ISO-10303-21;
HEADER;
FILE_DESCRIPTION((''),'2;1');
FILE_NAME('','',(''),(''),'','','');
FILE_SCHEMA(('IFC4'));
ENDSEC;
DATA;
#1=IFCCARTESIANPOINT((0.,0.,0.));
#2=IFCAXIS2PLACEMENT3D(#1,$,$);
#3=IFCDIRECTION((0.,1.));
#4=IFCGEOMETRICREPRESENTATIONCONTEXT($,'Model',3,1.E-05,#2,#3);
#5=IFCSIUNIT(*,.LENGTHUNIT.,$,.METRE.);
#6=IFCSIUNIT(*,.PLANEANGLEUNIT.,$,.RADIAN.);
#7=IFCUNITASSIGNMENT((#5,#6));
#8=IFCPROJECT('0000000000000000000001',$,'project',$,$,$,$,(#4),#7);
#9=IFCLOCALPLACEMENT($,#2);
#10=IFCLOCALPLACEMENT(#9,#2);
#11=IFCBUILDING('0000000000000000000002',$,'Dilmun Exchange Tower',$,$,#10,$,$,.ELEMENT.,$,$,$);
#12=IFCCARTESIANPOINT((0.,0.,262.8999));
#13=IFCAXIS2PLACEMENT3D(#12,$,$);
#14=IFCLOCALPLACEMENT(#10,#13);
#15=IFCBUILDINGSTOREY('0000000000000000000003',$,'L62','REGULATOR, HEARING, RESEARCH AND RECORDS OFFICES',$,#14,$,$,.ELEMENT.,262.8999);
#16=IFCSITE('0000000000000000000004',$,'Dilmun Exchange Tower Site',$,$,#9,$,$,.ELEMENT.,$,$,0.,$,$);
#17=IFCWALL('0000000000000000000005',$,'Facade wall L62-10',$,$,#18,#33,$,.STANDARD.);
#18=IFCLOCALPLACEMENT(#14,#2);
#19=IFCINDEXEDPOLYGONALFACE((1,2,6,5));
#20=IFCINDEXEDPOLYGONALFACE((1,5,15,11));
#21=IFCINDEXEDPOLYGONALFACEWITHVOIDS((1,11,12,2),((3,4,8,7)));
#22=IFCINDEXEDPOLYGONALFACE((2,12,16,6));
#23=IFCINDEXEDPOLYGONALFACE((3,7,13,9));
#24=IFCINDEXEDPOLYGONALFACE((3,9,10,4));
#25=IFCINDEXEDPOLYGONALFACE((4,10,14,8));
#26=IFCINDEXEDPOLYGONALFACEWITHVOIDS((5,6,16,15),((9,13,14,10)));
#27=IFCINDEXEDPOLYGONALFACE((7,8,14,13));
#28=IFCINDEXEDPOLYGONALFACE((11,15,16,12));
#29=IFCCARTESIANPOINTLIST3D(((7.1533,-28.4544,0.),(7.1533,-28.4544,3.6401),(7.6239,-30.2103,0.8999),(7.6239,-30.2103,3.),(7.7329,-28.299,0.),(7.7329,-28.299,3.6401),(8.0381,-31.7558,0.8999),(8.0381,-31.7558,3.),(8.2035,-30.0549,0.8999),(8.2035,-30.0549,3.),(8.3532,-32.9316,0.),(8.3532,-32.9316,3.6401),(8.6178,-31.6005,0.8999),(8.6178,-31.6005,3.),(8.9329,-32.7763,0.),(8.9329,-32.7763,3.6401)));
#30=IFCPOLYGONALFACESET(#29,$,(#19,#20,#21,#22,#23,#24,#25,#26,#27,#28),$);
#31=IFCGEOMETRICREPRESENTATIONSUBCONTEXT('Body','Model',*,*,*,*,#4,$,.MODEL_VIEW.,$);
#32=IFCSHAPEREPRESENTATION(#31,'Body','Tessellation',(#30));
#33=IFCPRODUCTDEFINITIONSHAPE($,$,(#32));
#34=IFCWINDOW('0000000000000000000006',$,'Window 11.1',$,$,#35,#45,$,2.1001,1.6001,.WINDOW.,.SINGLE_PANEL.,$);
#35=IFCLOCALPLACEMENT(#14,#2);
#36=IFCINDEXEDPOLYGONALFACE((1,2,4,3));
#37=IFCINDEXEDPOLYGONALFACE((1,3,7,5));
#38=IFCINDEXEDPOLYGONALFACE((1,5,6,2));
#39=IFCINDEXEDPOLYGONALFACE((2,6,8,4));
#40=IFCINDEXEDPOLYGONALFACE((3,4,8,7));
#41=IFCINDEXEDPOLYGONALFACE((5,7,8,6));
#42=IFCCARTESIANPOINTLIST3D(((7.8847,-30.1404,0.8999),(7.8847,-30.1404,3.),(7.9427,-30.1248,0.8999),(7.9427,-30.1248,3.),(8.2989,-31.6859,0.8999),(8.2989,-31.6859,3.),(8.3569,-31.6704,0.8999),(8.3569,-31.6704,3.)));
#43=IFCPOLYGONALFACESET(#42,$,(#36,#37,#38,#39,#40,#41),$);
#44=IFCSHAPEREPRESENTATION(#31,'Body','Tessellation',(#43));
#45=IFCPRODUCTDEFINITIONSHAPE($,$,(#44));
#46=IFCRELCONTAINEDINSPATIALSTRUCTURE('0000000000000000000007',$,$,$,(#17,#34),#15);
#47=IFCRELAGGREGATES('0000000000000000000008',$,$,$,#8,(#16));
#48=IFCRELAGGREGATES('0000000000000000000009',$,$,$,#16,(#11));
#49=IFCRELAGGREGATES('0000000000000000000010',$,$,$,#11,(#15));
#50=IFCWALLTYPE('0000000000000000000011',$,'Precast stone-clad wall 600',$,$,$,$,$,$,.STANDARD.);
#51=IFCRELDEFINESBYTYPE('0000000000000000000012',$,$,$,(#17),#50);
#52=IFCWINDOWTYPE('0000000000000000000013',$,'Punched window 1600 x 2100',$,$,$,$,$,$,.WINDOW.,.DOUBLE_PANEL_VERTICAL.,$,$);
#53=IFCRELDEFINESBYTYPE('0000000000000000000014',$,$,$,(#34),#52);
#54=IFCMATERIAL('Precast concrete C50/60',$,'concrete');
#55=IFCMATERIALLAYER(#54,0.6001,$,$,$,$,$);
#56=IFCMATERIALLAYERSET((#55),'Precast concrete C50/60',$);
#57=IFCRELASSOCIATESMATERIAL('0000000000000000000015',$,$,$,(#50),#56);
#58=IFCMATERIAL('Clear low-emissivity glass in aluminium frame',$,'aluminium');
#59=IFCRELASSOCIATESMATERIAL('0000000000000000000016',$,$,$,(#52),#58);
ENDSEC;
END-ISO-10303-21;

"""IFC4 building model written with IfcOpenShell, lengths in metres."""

from ifc_helpers import new_model, si_unit, direction, frame, frame_2d, origin, place, context, subcontext, project, spatial, rectangle, extrude, material, layer, layer_set, type_object, element, fill, save


model = new_model("IFC4")

# Units and contexts
model_context = context("Model", 3, precision=1e-05, world=origin(), true_north=direction((0.0, 1.0)))
body_context = subcontext(model_context, "Body", "Model", "MODEL_VIEW")
ifc_project = project(units=[si_unit("LENGTHUNIT", "METRE"), si_unit("PLANEANGLEUNIT", "RADIAN")], contexts=[model_context])

# Site, building, storey
site_placement = place(None, origin())
site = spatial("IfcSite", under=ifc_project, at=site_placement, Name="Dilmun Exchange Tower Site", CompositionType="ELEMENT", RefElevation=0.0)
building_placement = place(site_placement, origin())
building = spatial("IfcBuilding", under=site, at=building_placement, Name="Dilmun Exchange Tower", CompositionType="ELEMENT")
storey_placement = place(building_placement, frame((0.0, 0.0, 262.8999)))
storey = spatial("IfcBuildingStorey", under=building, at=storey_placement, Name="L62", Description="REGULATOR, HEARING, RESEARCH AND RECORDS OFFICES", CompositionType="ELEMENT", Elevation=262.8999)

# Wall, opening, window
ifc_material_1 = material(Name="Precast concrete C50/60", Category="concrete")
ifc_layer_1 = layer(ifc_material_1, 0.6001)
ifc_layer_set_1 = layer_set([ifc_layer_1], Name="Precast concrete C50/60")
wall_type_1 = type_object("IfcWallType", Name="Precast stone-clad wall 600", PredefinedType="STANDARD", material=ifc_layer_set_1)
ifc_material_2 = material(Name="Clear low-emissivity glass in aluminium frame", Category="aluminium")
window_type_1 = type_object("IfcWindowType", Name="Punched window 1600 x 2100", PartitioningType="DOUBLE_PANEL_VERTICAL", PredefinedType="WINDOW", material=ifc_material_2)
wall_1_placement = place(storey_placement, frame((7.4431, -28.3767, 0.0), z_axis=(0.0, 0.0, 1.0), x_axis=(0.258872, -0.965912, 0.0)))
wall_1 = element("IfcWall", 1, at=wall_1_placement, inside=storey, type_object=wall_type_1, Name="Facade wall L62-10", PredefinedType="STANDARD", context=body_context, shape_type="SweptSolid", body=[
    extrude(rectangle(XDim=4.6353, YDim=0.6001, at=frame_2d((2.3176, 0.0))), origin(), (0.0, 0.0, 1.0), 3.6401),
])
opening_1_placement = place(wall_1_placement, frame((1.8179, 0.0, 0.8999)))
opening_1 = element("IfcOpeningElement", 2, at=opening_1_placement, cuts=wall_1, PredefinedType="OPENING", context=body_context, shape_type="SweptSolid", body=[
    extrude(rectangle(XDim=1.6001, YDim=2.1001, at=frame_2d((0.8, 1.05))), frame((0.0, 0.3101, 0.0), z_axis=(0.0, -1.0, 0.0), x_axis=(1.0, 0.0, 0.0)), (0.0, 0.0, 1.0), 0.6201),
])
window_1_placement = place(opening_1_placement, origin())
window_1 = element("IfcWindow", 3, at=window_1_placement, inside=storey, type_object=window_type_1, Name="Window 11.1", OverallHeight=2.1001, OverallWidth=1.6001, PartitioningType="SINGLE_PANEL", PredefinedType="WINDOW", context=body_context, shape_type="SweptSolid", body=[
    extrude(rectangle(XDim=1.6001, YDim=2.1001, at=frame_2d((0.8, 1.05))), frame((0.0, 0.03, 0.0), z_axis=(0.0, -1.0, 0.0), x_axis=(1.0, 0.0, 0.0)), (0.0, 0.0, 1.0), 0.0601),
])
fill(opening_1, window_1)

save(model, "model.ifc")
